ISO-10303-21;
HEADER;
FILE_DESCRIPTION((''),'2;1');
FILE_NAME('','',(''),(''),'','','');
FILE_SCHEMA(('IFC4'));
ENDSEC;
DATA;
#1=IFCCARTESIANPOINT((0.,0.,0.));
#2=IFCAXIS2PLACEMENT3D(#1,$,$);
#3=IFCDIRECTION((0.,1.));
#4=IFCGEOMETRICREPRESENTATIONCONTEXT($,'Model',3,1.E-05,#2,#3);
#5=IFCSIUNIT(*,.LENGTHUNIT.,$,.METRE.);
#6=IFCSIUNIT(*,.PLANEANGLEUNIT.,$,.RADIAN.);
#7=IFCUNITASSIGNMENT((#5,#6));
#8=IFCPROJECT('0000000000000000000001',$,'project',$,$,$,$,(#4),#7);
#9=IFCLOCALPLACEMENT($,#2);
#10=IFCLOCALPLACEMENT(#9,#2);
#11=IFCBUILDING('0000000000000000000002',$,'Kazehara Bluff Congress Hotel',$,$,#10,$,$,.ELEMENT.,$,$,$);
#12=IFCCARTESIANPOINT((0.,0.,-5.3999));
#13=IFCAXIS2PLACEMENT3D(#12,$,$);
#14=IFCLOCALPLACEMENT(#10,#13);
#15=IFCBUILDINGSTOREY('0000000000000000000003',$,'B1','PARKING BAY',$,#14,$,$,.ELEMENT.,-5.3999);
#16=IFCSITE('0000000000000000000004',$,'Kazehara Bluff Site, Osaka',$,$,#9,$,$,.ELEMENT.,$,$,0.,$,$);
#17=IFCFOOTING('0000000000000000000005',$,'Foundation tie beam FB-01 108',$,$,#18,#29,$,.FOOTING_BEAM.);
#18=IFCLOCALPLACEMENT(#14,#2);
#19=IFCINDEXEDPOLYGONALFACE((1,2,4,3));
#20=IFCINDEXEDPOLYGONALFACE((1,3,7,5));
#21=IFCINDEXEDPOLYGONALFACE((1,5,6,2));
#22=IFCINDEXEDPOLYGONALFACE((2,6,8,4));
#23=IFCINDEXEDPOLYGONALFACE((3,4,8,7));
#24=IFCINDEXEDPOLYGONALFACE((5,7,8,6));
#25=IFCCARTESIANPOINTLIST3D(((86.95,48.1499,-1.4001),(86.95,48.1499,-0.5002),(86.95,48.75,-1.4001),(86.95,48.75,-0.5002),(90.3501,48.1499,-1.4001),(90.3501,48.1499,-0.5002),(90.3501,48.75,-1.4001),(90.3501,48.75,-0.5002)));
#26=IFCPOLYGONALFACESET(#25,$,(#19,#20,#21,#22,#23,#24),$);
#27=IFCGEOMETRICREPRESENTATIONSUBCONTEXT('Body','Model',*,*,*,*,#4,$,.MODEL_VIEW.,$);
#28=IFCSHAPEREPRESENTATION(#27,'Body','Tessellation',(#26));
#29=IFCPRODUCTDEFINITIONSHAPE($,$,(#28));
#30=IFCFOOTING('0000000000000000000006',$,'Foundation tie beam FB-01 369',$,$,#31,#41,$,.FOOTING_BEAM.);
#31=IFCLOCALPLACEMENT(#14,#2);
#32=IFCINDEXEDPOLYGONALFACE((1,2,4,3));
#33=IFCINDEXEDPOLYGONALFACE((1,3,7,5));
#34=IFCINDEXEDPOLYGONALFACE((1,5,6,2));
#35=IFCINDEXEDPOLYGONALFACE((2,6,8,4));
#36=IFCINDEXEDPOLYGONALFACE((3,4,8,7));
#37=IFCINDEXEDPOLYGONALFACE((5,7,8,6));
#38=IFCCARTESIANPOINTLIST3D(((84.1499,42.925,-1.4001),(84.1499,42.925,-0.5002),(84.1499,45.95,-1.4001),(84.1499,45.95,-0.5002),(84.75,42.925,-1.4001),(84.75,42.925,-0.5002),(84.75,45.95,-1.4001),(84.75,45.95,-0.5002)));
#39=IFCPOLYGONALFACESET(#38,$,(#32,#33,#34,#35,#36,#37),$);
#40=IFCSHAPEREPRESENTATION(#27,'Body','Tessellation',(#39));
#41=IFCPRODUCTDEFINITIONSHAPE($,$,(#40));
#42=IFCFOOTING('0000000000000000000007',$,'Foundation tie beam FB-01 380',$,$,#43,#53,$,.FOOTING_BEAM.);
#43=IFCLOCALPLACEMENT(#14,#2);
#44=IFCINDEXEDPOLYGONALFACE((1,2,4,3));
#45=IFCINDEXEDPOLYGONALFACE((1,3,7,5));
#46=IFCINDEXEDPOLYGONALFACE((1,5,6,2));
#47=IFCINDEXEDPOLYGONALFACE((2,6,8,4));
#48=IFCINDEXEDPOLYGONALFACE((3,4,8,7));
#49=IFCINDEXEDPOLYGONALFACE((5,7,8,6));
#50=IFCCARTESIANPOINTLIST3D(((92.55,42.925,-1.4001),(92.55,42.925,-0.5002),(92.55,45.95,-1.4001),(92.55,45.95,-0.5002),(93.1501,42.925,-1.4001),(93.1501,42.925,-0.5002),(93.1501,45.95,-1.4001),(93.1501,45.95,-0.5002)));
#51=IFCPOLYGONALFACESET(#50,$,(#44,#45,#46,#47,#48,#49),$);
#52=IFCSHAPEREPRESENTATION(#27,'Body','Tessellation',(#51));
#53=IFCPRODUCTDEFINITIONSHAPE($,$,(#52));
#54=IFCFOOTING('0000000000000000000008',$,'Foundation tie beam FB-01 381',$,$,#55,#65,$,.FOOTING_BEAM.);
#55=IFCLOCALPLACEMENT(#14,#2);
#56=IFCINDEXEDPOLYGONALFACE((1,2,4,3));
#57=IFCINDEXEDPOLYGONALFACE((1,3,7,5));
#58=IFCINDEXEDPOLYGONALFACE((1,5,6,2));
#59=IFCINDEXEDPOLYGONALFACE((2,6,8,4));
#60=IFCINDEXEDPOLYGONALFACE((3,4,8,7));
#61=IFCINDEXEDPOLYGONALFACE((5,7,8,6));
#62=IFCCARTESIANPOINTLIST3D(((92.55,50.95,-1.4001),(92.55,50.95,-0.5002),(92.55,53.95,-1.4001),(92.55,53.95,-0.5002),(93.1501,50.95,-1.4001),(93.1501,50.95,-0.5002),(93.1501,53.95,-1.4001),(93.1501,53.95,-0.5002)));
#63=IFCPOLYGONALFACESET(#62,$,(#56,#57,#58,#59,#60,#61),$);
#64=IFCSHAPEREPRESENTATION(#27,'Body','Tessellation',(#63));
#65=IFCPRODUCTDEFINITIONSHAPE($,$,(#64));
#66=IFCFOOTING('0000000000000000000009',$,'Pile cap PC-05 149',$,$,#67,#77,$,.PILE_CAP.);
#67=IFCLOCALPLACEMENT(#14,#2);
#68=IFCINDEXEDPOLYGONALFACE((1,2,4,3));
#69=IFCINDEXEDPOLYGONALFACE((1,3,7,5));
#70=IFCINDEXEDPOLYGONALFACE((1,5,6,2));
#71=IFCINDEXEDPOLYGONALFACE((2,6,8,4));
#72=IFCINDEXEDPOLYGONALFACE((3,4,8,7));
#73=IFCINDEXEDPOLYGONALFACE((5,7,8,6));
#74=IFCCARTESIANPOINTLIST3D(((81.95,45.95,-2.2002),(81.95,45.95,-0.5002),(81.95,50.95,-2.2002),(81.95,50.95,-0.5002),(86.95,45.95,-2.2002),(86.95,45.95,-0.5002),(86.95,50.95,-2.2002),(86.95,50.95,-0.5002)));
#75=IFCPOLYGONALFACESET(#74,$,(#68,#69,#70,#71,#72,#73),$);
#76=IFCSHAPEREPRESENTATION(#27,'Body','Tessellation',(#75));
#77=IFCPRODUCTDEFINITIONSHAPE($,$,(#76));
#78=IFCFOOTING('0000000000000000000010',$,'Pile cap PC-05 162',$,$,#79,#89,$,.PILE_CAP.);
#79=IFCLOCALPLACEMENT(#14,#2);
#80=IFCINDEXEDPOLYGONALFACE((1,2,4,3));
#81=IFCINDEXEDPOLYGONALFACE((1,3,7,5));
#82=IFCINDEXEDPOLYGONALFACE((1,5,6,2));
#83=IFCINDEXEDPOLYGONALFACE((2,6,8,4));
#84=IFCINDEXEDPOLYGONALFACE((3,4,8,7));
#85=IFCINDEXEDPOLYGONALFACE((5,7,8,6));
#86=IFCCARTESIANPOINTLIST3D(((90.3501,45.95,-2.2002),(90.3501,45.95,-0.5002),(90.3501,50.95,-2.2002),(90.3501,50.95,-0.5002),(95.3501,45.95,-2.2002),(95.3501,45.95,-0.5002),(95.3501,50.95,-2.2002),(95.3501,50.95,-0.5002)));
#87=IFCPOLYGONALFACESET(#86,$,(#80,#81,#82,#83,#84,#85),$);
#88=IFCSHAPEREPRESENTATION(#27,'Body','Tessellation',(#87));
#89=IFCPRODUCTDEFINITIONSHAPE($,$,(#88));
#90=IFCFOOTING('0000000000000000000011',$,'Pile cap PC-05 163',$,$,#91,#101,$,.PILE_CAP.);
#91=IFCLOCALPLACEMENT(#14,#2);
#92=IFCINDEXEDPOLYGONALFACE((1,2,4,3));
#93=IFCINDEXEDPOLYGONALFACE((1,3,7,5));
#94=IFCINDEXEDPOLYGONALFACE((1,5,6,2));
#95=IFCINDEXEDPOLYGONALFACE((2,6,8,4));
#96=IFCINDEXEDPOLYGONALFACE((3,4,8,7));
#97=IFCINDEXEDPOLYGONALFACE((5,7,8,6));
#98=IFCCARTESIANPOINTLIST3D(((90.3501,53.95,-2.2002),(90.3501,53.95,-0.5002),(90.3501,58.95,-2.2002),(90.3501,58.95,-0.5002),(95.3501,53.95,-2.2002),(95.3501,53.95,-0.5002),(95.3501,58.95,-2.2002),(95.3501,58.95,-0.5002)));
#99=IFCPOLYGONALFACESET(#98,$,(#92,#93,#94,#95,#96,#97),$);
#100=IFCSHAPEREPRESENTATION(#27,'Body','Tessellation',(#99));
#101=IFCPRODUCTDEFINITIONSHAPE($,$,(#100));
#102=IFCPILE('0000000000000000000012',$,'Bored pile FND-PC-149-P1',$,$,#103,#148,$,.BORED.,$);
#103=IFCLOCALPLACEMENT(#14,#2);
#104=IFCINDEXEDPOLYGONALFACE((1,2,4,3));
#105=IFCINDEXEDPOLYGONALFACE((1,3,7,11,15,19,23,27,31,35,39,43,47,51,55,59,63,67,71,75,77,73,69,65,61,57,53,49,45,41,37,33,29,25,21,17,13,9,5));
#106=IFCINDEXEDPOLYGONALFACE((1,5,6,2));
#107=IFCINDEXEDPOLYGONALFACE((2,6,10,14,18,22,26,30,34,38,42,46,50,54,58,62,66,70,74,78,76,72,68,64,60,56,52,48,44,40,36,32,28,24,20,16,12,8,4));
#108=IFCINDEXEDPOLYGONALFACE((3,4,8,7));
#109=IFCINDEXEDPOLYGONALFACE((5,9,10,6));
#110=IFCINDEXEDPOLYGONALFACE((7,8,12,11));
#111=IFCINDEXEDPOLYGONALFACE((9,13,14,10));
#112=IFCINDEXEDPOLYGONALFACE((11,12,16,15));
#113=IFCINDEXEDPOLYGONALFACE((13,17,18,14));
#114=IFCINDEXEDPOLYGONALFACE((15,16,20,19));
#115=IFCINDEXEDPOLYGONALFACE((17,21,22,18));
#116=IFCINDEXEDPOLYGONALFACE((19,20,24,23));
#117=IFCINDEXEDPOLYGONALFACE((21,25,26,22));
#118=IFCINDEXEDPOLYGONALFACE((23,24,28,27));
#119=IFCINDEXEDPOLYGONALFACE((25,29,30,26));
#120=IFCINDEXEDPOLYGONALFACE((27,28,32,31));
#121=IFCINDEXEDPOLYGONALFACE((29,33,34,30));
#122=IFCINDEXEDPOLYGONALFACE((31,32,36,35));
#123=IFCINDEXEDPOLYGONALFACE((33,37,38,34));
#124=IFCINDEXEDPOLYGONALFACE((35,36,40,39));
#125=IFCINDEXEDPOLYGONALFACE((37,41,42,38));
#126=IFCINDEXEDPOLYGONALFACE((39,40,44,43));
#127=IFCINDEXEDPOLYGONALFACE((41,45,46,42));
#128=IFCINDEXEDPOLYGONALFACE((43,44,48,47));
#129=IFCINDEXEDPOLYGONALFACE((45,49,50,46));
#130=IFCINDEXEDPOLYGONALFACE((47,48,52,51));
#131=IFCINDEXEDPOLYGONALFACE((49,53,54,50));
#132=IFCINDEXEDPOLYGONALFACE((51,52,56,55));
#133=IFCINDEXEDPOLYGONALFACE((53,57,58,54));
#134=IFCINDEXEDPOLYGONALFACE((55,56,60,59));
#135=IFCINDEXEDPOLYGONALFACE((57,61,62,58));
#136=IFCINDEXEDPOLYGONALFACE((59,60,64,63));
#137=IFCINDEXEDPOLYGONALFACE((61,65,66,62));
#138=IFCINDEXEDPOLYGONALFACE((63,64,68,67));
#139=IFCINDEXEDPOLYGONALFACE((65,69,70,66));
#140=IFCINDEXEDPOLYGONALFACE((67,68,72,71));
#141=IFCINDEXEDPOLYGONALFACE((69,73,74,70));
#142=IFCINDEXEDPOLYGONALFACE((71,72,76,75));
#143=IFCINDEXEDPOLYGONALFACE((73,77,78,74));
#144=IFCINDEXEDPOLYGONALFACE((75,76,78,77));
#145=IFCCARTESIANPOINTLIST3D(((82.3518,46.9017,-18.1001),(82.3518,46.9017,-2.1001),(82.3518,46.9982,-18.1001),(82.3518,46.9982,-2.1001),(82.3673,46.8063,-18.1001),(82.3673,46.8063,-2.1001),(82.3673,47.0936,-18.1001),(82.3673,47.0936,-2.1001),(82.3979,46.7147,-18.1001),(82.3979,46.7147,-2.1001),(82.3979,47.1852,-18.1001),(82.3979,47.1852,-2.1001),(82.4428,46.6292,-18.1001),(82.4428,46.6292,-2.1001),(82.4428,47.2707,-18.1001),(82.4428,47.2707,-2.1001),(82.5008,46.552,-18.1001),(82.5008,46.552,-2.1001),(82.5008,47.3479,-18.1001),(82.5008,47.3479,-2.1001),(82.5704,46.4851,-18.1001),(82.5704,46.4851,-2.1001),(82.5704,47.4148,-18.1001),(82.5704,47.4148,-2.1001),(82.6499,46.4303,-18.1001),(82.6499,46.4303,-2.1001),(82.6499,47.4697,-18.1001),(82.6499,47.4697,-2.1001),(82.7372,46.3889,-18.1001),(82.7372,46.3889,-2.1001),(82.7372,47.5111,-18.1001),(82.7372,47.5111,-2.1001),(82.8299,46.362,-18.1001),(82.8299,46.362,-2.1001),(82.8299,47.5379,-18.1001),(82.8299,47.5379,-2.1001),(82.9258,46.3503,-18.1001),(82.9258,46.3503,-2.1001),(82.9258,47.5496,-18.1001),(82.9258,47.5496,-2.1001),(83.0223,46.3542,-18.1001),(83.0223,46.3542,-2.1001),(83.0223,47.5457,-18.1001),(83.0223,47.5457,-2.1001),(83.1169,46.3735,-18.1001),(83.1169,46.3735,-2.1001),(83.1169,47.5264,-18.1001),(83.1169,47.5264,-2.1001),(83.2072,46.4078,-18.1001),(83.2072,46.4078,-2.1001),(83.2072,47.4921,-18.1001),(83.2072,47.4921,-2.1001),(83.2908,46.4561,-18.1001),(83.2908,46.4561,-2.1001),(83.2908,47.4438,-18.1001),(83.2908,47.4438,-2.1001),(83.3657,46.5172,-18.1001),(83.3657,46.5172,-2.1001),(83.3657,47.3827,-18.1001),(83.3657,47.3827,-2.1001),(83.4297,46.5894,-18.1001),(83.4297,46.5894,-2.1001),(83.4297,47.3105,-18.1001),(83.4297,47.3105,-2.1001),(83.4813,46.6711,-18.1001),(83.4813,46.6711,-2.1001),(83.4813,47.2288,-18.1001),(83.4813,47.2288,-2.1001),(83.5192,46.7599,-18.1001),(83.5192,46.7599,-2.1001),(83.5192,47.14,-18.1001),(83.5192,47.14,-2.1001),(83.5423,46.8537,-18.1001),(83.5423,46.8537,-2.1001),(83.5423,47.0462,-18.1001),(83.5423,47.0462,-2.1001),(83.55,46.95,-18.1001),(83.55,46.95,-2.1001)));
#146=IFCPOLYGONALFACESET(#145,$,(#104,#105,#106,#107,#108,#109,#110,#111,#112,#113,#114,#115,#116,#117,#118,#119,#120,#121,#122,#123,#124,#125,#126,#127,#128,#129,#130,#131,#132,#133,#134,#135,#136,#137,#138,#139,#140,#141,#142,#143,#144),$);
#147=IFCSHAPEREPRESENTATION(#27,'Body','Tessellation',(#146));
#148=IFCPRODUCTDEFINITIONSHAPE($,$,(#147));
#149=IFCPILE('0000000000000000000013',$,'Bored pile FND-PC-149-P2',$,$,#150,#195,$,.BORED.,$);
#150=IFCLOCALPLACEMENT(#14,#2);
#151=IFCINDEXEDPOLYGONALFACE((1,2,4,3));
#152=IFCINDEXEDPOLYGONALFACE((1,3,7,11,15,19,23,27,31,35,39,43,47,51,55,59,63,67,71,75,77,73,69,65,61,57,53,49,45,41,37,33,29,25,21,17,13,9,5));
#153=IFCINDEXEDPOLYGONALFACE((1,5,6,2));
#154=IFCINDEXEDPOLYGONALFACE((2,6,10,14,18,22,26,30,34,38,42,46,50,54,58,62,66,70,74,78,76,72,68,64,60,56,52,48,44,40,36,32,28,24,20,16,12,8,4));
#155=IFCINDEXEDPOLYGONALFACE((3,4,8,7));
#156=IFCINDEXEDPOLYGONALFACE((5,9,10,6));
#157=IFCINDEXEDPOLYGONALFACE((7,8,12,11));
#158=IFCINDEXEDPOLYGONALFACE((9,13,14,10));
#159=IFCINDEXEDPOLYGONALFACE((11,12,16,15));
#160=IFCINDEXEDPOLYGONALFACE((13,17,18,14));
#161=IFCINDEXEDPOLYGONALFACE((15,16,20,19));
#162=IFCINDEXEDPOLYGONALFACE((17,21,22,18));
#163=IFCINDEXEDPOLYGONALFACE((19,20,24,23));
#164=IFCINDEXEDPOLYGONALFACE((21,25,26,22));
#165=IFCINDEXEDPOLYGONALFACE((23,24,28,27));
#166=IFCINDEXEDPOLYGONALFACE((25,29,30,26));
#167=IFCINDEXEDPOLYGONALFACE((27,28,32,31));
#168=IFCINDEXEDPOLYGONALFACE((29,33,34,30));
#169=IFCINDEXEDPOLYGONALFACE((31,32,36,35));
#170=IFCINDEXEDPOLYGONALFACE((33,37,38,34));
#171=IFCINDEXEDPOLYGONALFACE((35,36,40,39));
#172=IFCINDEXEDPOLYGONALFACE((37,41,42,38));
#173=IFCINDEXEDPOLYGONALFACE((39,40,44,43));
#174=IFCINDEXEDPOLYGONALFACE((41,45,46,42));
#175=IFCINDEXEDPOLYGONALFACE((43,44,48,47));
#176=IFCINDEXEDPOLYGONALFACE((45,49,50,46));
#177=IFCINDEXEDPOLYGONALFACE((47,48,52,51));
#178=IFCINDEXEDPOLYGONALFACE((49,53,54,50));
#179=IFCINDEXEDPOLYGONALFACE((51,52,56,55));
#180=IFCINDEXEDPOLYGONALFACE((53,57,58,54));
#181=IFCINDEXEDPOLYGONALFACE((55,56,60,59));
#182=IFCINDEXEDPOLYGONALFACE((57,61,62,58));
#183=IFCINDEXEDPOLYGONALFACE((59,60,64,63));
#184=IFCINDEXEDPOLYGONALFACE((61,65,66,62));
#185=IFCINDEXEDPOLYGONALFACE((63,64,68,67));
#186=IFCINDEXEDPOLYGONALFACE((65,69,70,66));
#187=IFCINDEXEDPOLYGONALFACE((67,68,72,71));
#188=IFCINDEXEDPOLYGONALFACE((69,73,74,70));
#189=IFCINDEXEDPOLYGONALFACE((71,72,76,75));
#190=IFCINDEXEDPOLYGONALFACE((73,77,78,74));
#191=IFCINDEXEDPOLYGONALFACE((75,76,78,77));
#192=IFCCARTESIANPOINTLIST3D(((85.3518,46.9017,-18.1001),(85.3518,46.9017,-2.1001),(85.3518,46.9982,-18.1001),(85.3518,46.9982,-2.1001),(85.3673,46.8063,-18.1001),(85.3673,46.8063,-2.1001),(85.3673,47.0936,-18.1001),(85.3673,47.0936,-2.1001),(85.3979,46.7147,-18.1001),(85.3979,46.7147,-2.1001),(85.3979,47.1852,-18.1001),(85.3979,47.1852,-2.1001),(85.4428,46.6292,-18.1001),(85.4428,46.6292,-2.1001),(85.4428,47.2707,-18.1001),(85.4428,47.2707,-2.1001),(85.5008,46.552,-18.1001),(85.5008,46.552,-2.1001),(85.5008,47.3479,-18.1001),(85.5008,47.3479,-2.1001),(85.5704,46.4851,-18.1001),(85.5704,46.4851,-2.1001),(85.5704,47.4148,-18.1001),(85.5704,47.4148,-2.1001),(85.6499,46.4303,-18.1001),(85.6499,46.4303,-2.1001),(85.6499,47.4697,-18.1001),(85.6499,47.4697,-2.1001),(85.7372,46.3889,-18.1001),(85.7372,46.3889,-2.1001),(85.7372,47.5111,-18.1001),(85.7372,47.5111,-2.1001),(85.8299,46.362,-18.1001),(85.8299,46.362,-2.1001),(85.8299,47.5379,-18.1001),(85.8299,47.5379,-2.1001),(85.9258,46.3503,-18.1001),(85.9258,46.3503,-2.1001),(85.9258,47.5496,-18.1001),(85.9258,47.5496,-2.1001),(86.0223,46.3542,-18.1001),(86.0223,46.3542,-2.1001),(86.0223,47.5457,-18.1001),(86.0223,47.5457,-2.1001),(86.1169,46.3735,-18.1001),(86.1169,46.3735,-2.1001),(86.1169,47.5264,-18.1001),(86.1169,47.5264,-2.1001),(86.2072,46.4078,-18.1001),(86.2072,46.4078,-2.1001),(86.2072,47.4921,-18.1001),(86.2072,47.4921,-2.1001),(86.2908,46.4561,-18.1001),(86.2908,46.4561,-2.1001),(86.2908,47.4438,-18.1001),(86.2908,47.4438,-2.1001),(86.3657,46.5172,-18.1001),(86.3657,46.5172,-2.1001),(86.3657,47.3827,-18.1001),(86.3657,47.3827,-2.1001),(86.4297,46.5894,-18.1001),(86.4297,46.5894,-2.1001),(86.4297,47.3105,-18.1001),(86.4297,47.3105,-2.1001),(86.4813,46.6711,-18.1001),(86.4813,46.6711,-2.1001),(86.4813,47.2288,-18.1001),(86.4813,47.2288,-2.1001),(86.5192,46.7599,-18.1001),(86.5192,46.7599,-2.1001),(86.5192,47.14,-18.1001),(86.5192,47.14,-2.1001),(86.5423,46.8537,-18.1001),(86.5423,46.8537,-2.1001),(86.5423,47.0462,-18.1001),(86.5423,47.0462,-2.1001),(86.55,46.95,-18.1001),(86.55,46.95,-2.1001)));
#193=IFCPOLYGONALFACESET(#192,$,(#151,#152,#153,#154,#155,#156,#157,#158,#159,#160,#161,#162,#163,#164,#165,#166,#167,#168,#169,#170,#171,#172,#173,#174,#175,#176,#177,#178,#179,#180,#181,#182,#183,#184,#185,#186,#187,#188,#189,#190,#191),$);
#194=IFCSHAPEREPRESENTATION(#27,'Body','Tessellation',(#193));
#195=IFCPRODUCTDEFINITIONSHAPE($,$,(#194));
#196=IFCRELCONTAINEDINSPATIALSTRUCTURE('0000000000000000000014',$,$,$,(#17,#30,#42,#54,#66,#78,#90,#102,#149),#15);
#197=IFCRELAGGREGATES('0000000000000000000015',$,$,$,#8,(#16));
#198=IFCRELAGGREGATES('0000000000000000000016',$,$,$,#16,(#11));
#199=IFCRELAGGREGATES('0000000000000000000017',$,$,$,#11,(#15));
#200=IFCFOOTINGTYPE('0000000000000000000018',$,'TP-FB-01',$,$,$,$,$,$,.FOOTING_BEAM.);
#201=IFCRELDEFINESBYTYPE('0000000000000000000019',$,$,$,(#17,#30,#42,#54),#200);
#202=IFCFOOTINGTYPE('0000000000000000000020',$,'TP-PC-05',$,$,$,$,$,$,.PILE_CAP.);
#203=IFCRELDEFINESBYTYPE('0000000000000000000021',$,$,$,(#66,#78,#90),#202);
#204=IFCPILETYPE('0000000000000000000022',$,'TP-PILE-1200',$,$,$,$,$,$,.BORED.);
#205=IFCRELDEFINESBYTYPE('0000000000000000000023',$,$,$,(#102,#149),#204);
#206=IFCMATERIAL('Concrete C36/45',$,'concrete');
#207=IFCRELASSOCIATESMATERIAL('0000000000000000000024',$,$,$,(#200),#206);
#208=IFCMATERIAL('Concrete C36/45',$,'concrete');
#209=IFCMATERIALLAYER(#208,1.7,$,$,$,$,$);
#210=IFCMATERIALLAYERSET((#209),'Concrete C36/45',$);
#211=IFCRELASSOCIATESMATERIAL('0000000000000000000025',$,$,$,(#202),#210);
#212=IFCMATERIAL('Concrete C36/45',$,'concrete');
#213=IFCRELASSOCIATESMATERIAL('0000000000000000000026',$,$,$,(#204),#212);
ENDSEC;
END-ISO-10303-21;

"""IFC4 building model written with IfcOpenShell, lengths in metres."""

from ifc_helpers import new_model, si_unit, direction, frame, origin, origin_2d, place, context, subcontext, project, spatial, rectangle, circle, extrude, material, layer, layer_set, material_profile, profile_set, type_object, element, save


model = new_model("IFC4")

# Units and contexts
model_context = context("Model", 3, precision=1e-05, world=origin(), true_north=direction((0.0, 1.0)))
body_context = subcontext(model_context, "Body", "Model", "MODEL_VIEW")
ifc_project = project(units=[si_unit("LENGTHUNIT", "METRE"), si_unit("PLANEANGLEUNIT", "RADIAN")], contexts=[model_context])

# Site, building, storey
site_placement = place(None, origin())
site = spatial("IfcSite", under=ifc_project, at=site_placement, Name="Kazehara Bluff Site, Osaka", CompositionType="ELEMENT", RefElevation=0.0)
building_placement = place(site_placement, origin())
building = spatial("IfcBuilding", under=site, at=building_placement, Name="Kazehara Bluff Congress Hotel", CompositionType="ELEMENT")
storey_placement = place(building_placement, frame((0.0, 0.0, -5.3999)))
storey = spatial("IfcBuildingStorey", under=building, at=storey_placement, Name="B1", Description="PARKING BAY", CompositionType="ELEMENT", Elevation=-5.3999)

# Footings
ifc_material_1 = material(Name="Concrete C36/45", Category="concrete")
ifc_material_profile_1 = material_profile(ifc_material_1, rectangle(XDim=0.6001, YDim=0.8999, at=origin_2d()))
ifc_profile_set_1 = profile_set([ifc_material_profile_1], Name="Concrete C36/45")
footing_type_1 = type_object("IfcFootingType", Name="TP-FB-01", PredefinedType="FOOTING_BEAM", material=ifc_profile_set_1)
footing_1_placement = place(storey_placement, frame((86.95, 48.45, -0.9502), z_axis=(1.0, 0.0, 0.0), x_axis=(0.0, 1.0, 0.0)))
element("IfcFooting", 1, at=footing_1_placement, inside=storey, type_object=footing_type_1, Name="Foundation tie beam FB-01 108", PredefinedType="FOOTING_BEAM", context=body_context, shape_type="SweptSolid", body=[
    extrude(rectangle(XDim=0.6001, YDim=0.8999, at=origin_2d()), origin(), (0.0, 0.0, 1.0), 3.4001),
])
for number, where, z_axis, x_axis, name in (
    (2, (84.45, 42.925, -0.9502), (0.0, 1.0, 0.0), (-1.0, 0.0, 0.0), "Foundation tie beam FB-01 369"),
    (3, (92.8501, 42.925, -0.9502), (0.0, 1.0, 0.0), (-1.0, 0.0, 0.0), "Foundation tie beam FB-01 380"),
):
    element("IfcFooting", number, at=place(storey_placement, frame(where, z_axis=z_axis, x_axis=x_axis)), inside=storey, type_object=footing_type_1, Name=name, PredefinedType="FOOTING_BEAM", context=body_context, shape_type="SweptSolid", body=[
        extrude(rectangle(XDim=0.6001, YDim=0.8999, at=origin_2d()), origin(), (0.0, 0.0, 1.0), 3.0249),
    ])
footing_2_placement = place(storey_placement, frame((92.8501, 50.95, -0.9502), z_axis=(0.0, 1.0, 0.0), x_axis=(-1.0, 0.0, 0.0)))
element("IfcFooting", 4, at=footing_2_placement, inside=storey, type_object=footing_type_1, Name="Foundation tie beam FB-01 381", PredefinedType="FOOTING_BEAM", context=body_context, shape_type="SweptSolid", body=[
    extrude(rectangle(XDim=0.6001, YDim=0.8999, at=origin_2d()), origin(), (0.0, 0.0, 1.0), 3.0),
])
ifc_material_2 = material(Name="Concrete C36/45", Category="concrete")
ifc_layer_1 = layer(ifc_material_2, 1.7)
ifc_layer_set_1 = layer_set([ifc_layer_1], Name="Concrete C36/45")
footing_type_2 = type_object("IfcFootingType", Name="TP-PC-05", PredefinedType="PILE_CAP", material=ifc_layer_set_1)
for number, where, z_axis, x_axis, name in (
    (5, (84.45, 48.45, -2.2002), (0.0, 0.0, 1.0), (1.0, 0.0, 0.0), "Pile cap PC-05 149"),
    (6, (92.8501, 48.45, -2.2002), (0.0, 0.0, 1.0), (1.0, 0.0, 0.0), "Pile cap PC-05 162"),
    (7, (92.8501, 56.45, -2.2002), (0.0, 0.0, 1.0), (1.0, 0.0, 0.0), "Pile cap PC-05 163"),
):
    element("IfcFooting", number, at=place(storey_placement, frame(where, z_axis=z_axis, x_axis=x_axis)), inside=storey, type_object=footing_type_2, Name=name, PredefinedType="PILE_CAP", context=body_context, shape_type="SweptSolid", body=[
        extrude(rectangle(XDim=5.0, YDim=5.0, at=origin_2d()), origin(), (0.0, 0.0, 1.0), 1.7),
    ])

# Piles
ifc_material_3 = material(Name="Concrete C36/45", Category="concrete")
ifc_material_profile_2 = material_profile(ifc_material_3, circle(Radius=0.6001, at=origin_2d()))
ifc_profile_set_2 = profile_set([ifc_material_profile_2], Name="Concrete C36/45")
pile_type = type_object("IfcPileType", Name="TP-PILE-1200", PredefinedType="BORED", material=ifc_profile_set_2)
for number, where, z_axis, x_axis, name in (
    (8, (82.95, 46.95, -2.1001), (0.0, 0.0, -1.0), (1.0, 0.0, 0.0), "Bored pile FND-PC-149-P1"),
    (9, (85.95, 46.95, -2.1001), (0.0, 0.0, -1.0), (1.0, 0.0, 0.0), "Bored pile FND-PC-149-P2"),
):
    element("IfcPile", number, at=place(storey_placement, frame(where, z_axis=z_axis, x_axis=x_axis)), inside=storey, type_object=pile_type, Name=name, PredefinedType="BORED", context=body_context, shape_type="SweptSolid", body=[
        extrude(circle(Radius=0.6001, at=origin_2d()), origin(), (0.0, 0.0, 1.0), 16.0),
    ])

save(model, "model.ifc")
